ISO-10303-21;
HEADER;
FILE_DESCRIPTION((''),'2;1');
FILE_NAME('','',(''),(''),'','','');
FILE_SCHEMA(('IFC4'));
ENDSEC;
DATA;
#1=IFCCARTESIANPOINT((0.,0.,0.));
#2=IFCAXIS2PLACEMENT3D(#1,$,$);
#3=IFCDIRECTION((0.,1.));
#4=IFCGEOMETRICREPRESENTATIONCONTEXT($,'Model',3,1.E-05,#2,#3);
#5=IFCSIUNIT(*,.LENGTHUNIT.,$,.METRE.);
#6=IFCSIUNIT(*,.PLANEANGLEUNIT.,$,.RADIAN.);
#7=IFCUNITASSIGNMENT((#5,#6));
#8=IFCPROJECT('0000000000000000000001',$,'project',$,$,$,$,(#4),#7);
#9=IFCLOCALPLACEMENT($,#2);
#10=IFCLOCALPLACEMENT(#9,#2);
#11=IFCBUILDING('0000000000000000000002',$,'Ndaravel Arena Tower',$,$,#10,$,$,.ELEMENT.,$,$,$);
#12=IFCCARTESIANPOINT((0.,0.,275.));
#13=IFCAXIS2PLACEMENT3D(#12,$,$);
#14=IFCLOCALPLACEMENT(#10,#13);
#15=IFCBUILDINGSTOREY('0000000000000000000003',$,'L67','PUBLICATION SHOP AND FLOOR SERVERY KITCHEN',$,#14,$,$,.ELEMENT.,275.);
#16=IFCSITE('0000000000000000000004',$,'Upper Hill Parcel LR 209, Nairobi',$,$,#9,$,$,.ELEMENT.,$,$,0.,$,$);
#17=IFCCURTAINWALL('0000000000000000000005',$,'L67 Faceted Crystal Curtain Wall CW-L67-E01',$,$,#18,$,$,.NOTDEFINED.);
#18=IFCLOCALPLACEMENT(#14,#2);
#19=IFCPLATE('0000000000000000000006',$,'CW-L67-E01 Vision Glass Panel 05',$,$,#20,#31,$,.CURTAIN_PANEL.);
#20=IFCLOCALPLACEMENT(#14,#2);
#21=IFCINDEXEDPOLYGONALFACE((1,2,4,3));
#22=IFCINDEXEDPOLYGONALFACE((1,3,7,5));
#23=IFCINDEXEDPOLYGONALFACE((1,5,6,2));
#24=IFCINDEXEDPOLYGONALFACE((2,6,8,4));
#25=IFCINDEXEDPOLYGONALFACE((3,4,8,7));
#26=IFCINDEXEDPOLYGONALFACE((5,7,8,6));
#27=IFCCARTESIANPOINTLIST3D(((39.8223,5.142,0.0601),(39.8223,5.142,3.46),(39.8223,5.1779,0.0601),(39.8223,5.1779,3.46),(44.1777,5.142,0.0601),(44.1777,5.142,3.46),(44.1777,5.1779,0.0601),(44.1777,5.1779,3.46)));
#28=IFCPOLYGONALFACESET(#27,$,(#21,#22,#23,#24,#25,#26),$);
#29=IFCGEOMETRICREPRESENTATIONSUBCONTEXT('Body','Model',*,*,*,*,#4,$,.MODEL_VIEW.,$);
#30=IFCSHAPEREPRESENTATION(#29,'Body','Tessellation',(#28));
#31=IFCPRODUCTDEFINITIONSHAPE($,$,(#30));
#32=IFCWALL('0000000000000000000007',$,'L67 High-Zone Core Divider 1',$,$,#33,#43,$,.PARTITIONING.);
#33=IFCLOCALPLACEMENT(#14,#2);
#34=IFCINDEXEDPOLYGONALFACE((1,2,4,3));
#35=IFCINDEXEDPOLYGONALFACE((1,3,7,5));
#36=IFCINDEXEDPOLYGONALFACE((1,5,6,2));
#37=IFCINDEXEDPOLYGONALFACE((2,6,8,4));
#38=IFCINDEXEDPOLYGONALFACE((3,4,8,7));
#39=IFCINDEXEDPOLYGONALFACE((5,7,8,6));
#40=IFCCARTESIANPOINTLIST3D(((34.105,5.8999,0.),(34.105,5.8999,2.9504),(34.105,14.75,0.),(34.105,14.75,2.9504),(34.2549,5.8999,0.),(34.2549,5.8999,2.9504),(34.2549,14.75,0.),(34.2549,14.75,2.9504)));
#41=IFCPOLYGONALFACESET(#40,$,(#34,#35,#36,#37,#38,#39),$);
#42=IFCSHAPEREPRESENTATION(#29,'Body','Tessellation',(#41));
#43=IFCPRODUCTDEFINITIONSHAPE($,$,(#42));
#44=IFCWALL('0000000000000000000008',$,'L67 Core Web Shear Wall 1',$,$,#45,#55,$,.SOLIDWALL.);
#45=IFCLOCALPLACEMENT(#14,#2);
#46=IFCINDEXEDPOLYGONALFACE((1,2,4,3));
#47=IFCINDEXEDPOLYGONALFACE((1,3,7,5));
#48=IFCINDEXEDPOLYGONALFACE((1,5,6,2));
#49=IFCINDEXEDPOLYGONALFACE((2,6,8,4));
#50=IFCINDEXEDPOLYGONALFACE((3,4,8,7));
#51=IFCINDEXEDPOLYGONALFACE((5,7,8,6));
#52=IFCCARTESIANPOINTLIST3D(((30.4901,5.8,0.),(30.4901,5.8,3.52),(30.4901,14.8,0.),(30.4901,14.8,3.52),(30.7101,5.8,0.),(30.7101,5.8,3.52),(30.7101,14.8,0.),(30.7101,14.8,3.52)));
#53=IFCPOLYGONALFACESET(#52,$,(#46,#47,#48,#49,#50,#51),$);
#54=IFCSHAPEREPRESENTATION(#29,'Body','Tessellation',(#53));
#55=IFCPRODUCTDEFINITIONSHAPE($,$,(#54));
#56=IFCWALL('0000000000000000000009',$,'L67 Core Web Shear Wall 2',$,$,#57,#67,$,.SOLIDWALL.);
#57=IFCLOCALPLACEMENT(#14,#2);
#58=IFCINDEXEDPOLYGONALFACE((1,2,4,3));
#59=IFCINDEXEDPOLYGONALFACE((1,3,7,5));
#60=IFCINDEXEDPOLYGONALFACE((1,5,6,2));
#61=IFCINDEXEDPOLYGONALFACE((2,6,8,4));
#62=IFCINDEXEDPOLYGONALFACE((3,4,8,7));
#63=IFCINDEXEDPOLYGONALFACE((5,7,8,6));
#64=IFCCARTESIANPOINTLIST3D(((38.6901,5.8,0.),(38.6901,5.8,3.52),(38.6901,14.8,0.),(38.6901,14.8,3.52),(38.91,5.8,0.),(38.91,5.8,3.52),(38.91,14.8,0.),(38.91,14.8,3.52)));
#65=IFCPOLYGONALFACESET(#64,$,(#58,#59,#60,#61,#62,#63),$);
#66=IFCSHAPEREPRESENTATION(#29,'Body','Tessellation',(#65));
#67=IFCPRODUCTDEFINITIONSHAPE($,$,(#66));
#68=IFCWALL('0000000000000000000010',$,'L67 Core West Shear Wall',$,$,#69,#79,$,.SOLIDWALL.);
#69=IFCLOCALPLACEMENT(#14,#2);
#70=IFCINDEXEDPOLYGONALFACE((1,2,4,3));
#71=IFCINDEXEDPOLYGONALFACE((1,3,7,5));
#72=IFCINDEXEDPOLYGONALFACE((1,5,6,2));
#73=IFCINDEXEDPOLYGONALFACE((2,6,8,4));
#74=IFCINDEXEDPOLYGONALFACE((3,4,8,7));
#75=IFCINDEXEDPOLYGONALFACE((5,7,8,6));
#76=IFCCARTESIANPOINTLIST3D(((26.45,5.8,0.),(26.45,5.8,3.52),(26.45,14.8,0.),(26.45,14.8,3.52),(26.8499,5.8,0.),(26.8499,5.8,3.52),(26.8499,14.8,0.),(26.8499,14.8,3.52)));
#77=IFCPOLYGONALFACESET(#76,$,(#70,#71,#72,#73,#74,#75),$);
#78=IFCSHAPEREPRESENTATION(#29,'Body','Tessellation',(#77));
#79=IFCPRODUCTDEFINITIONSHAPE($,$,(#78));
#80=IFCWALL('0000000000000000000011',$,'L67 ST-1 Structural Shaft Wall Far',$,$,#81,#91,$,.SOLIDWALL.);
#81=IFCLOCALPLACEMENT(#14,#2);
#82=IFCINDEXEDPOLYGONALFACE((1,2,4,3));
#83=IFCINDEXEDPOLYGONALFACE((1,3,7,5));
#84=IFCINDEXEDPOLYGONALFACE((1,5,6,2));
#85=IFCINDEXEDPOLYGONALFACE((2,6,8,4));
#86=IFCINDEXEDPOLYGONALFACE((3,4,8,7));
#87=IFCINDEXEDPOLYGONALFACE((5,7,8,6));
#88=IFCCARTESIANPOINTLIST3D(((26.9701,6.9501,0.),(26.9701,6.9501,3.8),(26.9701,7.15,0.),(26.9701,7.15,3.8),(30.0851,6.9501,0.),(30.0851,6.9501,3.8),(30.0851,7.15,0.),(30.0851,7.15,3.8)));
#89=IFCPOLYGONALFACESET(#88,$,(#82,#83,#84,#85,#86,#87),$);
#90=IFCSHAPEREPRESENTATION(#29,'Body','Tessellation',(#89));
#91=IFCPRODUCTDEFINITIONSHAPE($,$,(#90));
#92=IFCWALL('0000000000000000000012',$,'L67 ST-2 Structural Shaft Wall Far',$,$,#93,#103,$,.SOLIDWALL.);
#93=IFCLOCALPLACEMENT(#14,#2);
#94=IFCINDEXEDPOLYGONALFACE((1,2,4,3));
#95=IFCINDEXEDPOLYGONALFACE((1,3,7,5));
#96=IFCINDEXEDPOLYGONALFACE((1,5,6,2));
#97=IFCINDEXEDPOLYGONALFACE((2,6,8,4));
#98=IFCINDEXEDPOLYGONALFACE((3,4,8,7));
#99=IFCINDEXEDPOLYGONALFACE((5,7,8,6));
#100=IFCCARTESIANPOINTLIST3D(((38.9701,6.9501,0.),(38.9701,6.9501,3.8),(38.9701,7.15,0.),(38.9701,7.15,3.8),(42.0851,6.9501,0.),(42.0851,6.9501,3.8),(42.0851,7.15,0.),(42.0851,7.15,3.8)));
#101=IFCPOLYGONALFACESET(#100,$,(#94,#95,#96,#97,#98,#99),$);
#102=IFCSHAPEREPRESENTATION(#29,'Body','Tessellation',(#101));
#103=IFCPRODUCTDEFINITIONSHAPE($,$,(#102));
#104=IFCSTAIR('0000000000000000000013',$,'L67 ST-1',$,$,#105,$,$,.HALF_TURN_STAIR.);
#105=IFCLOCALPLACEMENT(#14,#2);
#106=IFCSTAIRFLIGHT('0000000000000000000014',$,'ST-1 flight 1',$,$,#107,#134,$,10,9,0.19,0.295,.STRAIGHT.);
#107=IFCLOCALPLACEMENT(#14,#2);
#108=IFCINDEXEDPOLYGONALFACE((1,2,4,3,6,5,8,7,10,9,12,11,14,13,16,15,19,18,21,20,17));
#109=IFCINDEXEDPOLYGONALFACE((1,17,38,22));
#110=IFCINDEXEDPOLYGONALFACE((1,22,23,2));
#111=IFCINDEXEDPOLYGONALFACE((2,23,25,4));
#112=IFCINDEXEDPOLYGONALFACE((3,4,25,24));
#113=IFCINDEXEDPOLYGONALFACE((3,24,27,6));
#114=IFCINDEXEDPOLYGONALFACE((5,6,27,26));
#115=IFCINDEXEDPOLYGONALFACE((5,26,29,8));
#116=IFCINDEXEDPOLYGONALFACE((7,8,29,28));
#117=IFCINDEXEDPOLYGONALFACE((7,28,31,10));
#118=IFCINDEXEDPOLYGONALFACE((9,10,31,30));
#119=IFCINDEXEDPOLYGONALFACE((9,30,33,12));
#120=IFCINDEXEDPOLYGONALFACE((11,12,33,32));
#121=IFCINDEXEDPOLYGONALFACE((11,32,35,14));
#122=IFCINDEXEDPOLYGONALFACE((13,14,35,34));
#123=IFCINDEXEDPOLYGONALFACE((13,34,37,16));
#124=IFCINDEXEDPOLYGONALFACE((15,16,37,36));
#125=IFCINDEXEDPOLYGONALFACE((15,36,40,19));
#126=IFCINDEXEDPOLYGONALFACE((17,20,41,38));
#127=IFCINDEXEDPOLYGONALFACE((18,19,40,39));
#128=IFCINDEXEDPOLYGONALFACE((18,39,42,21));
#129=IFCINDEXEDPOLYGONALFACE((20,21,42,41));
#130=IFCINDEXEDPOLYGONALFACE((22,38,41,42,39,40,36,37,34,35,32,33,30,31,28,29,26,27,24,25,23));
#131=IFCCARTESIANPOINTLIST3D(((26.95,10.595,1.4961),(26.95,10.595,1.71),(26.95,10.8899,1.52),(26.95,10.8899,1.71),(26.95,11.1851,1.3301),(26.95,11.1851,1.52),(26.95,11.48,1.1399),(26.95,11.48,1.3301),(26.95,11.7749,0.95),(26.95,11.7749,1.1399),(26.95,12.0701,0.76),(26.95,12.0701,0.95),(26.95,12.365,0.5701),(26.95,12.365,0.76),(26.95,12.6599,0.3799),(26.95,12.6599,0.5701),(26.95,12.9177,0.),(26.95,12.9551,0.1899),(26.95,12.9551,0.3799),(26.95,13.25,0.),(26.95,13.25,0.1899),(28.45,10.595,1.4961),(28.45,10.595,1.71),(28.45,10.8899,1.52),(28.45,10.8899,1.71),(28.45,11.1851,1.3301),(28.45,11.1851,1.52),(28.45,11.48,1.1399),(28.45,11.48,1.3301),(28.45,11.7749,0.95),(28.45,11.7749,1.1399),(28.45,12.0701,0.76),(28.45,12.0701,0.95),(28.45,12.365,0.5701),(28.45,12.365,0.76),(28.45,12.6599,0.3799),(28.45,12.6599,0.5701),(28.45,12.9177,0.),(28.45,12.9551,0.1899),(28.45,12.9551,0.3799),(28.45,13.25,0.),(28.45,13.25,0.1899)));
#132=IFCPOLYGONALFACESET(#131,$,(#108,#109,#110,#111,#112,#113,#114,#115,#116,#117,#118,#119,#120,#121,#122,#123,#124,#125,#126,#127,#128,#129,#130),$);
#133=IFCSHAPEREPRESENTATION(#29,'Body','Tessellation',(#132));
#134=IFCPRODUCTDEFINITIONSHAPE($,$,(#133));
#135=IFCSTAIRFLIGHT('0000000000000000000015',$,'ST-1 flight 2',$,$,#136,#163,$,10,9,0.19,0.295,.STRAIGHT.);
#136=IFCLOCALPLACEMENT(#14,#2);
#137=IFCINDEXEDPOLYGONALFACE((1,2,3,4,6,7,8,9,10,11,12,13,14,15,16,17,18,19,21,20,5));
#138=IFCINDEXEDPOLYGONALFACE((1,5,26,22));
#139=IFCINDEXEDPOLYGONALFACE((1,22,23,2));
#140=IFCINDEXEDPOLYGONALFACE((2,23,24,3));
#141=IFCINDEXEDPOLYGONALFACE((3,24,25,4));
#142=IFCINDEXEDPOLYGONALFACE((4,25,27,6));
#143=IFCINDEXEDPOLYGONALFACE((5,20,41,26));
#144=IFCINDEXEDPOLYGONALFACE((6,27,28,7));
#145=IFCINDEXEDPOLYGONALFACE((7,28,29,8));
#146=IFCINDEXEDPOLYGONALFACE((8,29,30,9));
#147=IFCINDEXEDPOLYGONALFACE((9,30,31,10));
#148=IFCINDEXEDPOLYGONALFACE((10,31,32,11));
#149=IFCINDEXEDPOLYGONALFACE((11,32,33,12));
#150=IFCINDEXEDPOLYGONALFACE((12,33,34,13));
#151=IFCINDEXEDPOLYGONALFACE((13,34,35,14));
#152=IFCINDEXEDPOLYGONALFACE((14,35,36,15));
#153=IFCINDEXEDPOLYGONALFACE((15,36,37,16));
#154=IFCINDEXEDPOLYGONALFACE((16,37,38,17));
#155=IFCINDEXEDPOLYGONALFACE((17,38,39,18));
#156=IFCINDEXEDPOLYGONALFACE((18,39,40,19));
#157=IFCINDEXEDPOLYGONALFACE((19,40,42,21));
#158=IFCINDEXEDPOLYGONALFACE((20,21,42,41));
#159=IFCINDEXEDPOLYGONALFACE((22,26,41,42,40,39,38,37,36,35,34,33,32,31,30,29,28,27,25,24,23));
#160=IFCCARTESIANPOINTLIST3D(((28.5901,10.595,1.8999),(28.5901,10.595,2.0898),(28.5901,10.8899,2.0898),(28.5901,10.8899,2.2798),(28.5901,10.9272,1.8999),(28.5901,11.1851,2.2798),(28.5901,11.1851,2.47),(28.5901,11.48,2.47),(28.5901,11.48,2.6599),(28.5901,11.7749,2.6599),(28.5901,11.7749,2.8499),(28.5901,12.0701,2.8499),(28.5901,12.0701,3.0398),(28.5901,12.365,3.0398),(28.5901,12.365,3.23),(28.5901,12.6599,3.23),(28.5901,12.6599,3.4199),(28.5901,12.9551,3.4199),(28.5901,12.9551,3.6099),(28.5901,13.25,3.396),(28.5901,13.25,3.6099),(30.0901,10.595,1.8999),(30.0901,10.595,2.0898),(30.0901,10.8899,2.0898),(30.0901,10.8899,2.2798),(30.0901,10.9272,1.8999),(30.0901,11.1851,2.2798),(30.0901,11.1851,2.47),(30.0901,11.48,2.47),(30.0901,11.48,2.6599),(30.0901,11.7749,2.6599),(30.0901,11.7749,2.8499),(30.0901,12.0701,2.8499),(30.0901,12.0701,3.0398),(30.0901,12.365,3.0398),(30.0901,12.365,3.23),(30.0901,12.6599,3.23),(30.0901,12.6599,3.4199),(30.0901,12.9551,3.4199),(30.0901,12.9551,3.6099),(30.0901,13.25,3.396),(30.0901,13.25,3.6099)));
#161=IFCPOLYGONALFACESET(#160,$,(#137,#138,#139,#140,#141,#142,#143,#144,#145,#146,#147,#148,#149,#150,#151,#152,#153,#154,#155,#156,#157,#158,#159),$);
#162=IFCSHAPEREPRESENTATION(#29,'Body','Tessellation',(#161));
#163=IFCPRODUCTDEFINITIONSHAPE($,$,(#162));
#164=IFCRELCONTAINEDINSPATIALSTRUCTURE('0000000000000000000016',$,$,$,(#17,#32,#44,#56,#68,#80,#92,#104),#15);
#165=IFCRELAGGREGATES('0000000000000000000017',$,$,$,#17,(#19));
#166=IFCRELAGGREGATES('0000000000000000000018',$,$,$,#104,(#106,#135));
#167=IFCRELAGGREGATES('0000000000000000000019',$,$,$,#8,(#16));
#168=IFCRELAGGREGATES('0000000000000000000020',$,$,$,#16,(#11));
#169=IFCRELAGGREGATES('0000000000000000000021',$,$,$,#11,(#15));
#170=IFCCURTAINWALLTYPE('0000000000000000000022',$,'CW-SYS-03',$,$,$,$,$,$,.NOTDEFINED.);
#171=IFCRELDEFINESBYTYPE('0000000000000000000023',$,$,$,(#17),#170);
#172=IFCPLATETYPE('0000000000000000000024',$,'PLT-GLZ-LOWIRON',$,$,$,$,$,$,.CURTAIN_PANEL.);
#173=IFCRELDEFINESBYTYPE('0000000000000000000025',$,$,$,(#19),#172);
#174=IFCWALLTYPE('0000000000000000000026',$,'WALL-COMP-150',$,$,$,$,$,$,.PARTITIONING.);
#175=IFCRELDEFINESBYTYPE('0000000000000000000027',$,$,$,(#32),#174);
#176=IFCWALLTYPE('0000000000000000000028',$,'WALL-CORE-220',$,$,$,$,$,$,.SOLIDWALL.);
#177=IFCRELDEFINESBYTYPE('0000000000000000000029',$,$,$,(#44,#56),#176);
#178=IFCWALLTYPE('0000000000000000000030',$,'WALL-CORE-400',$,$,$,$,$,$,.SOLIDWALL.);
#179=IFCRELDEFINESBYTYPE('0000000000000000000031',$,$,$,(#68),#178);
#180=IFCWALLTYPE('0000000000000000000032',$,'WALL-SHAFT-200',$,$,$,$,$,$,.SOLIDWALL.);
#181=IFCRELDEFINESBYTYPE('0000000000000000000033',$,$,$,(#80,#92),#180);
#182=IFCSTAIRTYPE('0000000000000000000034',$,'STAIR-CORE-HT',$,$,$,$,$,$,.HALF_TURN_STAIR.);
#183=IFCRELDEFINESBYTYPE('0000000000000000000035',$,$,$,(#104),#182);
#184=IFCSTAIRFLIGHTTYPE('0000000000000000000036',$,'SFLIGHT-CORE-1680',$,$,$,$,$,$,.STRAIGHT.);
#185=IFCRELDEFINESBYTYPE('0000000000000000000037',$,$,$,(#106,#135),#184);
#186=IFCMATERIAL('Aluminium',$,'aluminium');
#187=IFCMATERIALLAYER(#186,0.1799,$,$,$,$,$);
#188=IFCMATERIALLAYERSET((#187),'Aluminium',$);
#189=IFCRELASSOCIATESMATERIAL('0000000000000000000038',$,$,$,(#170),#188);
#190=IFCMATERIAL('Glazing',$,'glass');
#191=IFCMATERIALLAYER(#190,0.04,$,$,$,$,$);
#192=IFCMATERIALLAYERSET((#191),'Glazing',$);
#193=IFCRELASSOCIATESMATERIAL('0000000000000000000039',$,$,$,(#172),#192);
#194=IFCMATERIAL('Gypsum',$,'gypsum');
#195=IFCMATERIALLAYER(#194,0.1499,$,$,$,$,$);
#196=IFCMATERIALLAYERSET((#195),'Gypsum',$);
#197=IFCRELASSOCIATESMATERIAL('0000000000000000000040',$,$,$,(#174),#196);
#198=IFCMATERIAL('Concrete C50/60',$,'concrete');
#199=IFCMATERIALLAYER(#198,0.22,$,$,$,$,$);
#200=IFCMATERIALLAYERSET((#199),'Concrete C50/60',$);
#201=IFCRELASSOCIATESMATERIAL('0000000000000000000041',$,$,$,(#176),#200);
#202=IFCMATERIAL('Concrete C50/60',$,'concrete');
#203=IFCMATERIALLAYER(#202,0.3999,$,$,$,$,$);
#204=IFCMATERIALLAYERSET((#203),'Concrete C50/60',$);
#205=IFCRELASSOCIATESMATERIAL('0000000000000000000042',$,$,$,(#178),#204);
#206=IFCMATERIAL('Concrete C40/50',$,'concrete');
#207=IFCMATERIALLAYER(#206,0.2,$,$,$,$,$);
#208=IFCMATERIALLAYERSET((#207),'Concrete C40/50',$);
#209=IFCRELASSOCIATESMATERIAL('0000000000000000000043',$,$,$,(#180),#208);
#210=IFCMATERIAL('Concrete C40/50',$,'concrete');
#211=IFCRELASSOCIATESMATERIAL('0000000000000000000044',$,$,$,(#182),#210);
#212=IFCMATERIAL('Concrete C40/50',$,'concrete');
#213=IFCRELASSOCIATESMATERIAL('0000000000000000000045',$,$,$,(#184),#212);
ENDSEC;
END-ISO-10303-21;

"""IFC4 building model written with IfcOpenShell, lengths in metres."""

from ifc_helpers import new_model, si_unit, direction, frame, frame_2d, origin, origin_2d, place, context, subcontext, project, spatial, polyline, rectangle, outline, extrude, material, layer, layer_set, type_object, element, aggregate, save


model = new_model("IFC4")

# Units and contexts
model_context = context("Model", 3, precision=1e-05, world=origin(), true_north=direction((0.0, 1.0)))
body_context = subcontext(model_context, "Body", "Model", "MODEL_VIEW")
ifc_project = project(units=[si_unit("LENGTHUNIT", "METRE"), si_unit("PLANEANGLEUNIT", "RADIAN")], contexts=[model_context])

# Site, building, storey
site_placement = place(None, origin())
site = spatial("IfcSite", under=ifc_project, at=site_placement, Name="Upper Hill Parcel LR 209, Nairobi", CompositionType="ELEMENT", RefElevation=0.0)
building_placement = place(site_placement, origin())
building = spatial("IfcBuilding", under=site, at=building_placement, Name="Ndaravel Arena Tower", CompositionType="ELEMENT")
storey_placement = place(building_placement, frame((0.0, 0.0, 275.0)))
storey = spatial("IfcBuildingStorey", under=building, at=storey_placement, Name="L67", Description="PUBLICATION SHOP AND FLOOR SERVERY KITCHEN", CompositionType="ELEMENT", Elevation=275.0)

# Curtain wall, plate
ifc_material_1 = material(Name="Aluminium", Category="aluminium")
ifc_layer_1 = layer(ifc_material_1, 0.1799)
ifc_layer_set_1 = layer_set([ifc_layer_1], Name="Aluminium")
curtain_wall_type = type_object("IfcCurtainWallType", Name="CW-SYS-03", PredefinedType="NOTDEFINED", material=ifc_layer_set_1)
curtain_wall_placement = place(storey_placement, origin())
curtain_wall = element("IfcCurtainWall", 1, at=curtain_wall_placement, inside=storey, type_object=curtain_wall_type, Name="L67 Faceted Crystal Curtain Wall CW-L67-E01", PredefinedType="NOTDEFINED")
ifc_material_2 = material(Name="Glazing", Category="glass")
ifc_layer_2 = layer(ifc_material_2, 0.04)
ifc_layer_set_2 = layer_set([ifc_layer_2], Name="Glazing")
plate_type = type_object("IfcPlateType", Name="PLT-GLZ-LOWIRON", PredefinedType="CURTAIN_PANEL", material=ifc_layer_set_2)
plate_1_placement = place(storey_placement, frame((42.0, 5.1599, 0.0601), z_axis=(0.0, 0.0, 1.0), x_axis=(1.0, 0.0, 0.0)))
plate_1 = element("IfcPlate", 2, at=plate_1_placement, type_object=plate_type, Name="CW-L67-E01 Vision Glass Panel 05", PredefinedType="CURTAIN_PANEL", context=body_context, shape_type="SweptSolid", body=[
    extrude(rectangle(XDim=4.3555, YDim=0.0359, at=origin_2d()), origin(), (0.0, 0.0, 1.0), 3.3999),
])
aggregate(curtain_wall, [plate_1])

# Walls
ifc_material_3 = material(Name="Gypsum", Category="gypsum")
ifc_layer_3 = layer(ifc_material_3, 0.1499)
ifc_layer_set_3 = layer_set([ifc_layer_3], Name="Gypsum")
wall_type_1 = type_object("IfcWallType", Name="WALL-COMP-150", PredefinedType="PARTITIONING", material=ifc_layer_set_3)
wall_1_placement = place(storey_placement, frame((34.1799, 5.8999, 0.0), z_axis=(0.0, 0.0, 1.0), x_axis=(0.0, 1.0, 0.0)))
element("IfcWall", 3, at=wall_1_placement, inside=storey, type_object=wall_type_1, Name="L67 High-Zone Core Divider 1", PredefinedType="PARTITIONING", context=body_context, shape_type="SweptSolid", body=[
    extrude(rectangle(XDim=8.8501, YDim=0.1499, at=frame_2d((4.425, 0.0))), origin(), (0.0, 0.0, 1.0), 2.9504),
])
ifc_material_4 = material(Name="Concrete C50/60", Category="concrete")
ifc_layer_4 = layer(ifc_material_4, 0.22)
ifc_layer_set_4 = layer_set([ifc_layer_4], Name="Concrete C50/60")
wall_type_2 = type_object("IfcWallType", Name="WALL-CORE-220", PredefinedType="SOLIDWALL", material=ifc_layer_set_4)
for number, where, z_axis, x_axis, name in (
    (4, (30.6001, 5.8, 0.0), (0.0, 0.0, 1.0), (0.0, 1.0, 0.0), "L67 Core Web Shear Wall 1"),
    (5, (38.8, 5.8, 0.0), (0.0, 0.0, 1.0), (0.0, 1.0, 0.0), "L67 Core Web Shear Wall 2"),
):
    element("IfcWall", number, at=place(storey_placement, frame(where, z_axis=z_axis, x_axis=x_axis)), inside=storey, type_object=wall_type_2, Name=name, PredefinedType="SOLIDWALL", context=body_context, shape_type="SweptSolid", body=[
        extrude(rectangle(XDim=9.0, YDim=0.22, at=frame_2d((4.5, 0.0))), origin(), (0.0, 0.0, 1.0), 3.52),
    ])
ifc_material_5 = material(Name="Concrete C50/60", Category="concrete")
ifc_layer_5 = layer(ifc_material_5, 0.3999)
ifc_layer_set_5 = layer_set([ifc_layer_5], Name="Concrete C50/60")
wall_type_3 = type_object("IfcWallType", Name="WALL-CORE-400", PredefinedType="SOLIDWALL", material=ifc_layer_set_5)
wall_2_placement = place(storey_placement, frame((26.6499, 5.8, 0.0), z_axis=(0.0, 0.0, 1.0), x_axis=(0.0, 1.0, 0.0)))
element("IfcWall", 6, at=wall_2_placement, inside=storey, type_object=wall_type_3, Name="L67 Core West Shear Wall", PredefinedType="SOLIDWALL", context=body_context, shape_type="SweptSolid", body=[
    extrude(rectangle(XDim=9.0, YDim=0.3999, at=frame_2d((4.5, 0.0))), origin(), (0.0, 0.0, 1.0), 3.52),
])
ifc_material_6 = material(Name="Concrete C40/50", Category="concrete")
ifc_layer_6 = layer(ifc_material_6, 0.2)
ifc_layer_set_6 = layer_set([ifc_layer_6], Name="Concrete C40/50")
wall_type_4 = type_object("IfcWallType", Name="WALL-SHAFT-200", PredefinedType="SOLIDWALL", material=ifc_layer_set_6)
for number, where, z_axis, x_axis, name in (
    (7, (26.97, 7.05, 0.0), (0.0, 0.0, 1.0), (1.0, 0.0, 0.0), "L67 ST-1 Structural Shaft Wall Far"),
    (8, (38.97, 7.05, 0.0), (0.0, 0.0, 1.0), (1.0, 0.0, 0.0), "L67 ST-2 Structural Shaft Wall Far"),
):
    element("IfcWall", number, at=place(storey_placement, frame(where, z_axis=z_axis, x_axis=x_axis)), inside=storey, type_object=wall_type_4, Name=name, PredefinedType="SOLIDWALL", context=body_context, shape_type="SweptSolid", body=[
        extrude(rectangle(XDim=3.115, YDim=0.2, at=frame_2d((1.5576, 0.0))), origin(), (0.0, 0.0, 1.0), 3.8),
    ])

# Stair, stair flights
ifc_material_7 = material(Name="Concrete C40/50", Category="concrete")
stair_type = type_object("IfcStairType", Name="STAIR-CORE-HT", PredefinedType="HALF_TURN_STAIR", material=ifc_material_7)
stair_1_placement = place(storey_placement, origin())
stair_1 = element("IfcStair", 9, at=stair_1_placement, inside=storey, type_object=stair_type, Name="L67 ST-1", PredefinedType="HALF_TURN_STAIR")
ifc_material_8 = material(Name="Concrete C40/50", Category="concrete")
stair_flight_type = type_object("IfcStairFlightType", Name="SFLIGHT-CORE-1680", PredefinedType="STRAIGHT", material=ifc_material_8)
stair_flight_1_placement = place(storey_placement, frame((27.7, 13.25, 0.0), z_axis=(0.0, 0.0, 1.0), x_axis=(0.0, -1.0, 0.0)))
stair_flight_1 = element("IfcStairFlight", 10, at=stair_flight_1_placement, type_object=stair_flight_type, Name="ST-1 flight 1", NumberOfRisers=10, NumberOfTreads=9, PredefinedType="STRAIGHT", RiserHeight=0.19, TreadLength=0.295, context=body_context, shape_type="SweptSolid", body=[
    extrude(outline(polyline([(0.0, 0.0), (0.0, 0.1899), (0.2949, 0.1899), (0.2949, 0.3799), (0.5901, 0.3799), (0.5901, 0.5701), (0.885, 0.5701), (0.885, 0.76), (1.1799, 0.76), (1.1799, 0.95), (1.4751, 0.95), (1.4751, 1.1399), (1.77, 1.1399), (1.77, 1.3301), (2.0649, 1.3301), (2.0649, 1.52), (2.3601, 1.52), (2.3601, 1.71), (2.655, 1.71), (2.655, 1.8999), (2.655, 1.4961), (0.3323, 0.0), (0.0, 0.0)])), frame((0.0, 0.75, 0.0), z_axis=(0.0, -1.0, 0.0), x_axis=(1.0, 0.0, 0.0)), (0.0, 0.0, 1.0), 1.5),
])
stair_flight_2_placement = place(storey_placement, frame((29.3401, 10.595, 1.8999), z_axis=(0.0, 0.0, 1.0), x_axis=(0.0, 1.0, 0.0)))
stair_flight_2 = element("IfcStairFlight", 11, at=stair_flight_2_placement, type_object=stair_flight_type, Name="ST-1 flight 2", NumberOfRisers=10, NumberOfTreads=9, PredefinedType="STRAIGHT", RiserHeight=0.19, TreadLength=0.295, context=body_context, shape_type="SweptSolid", body=[
    extrude(outline(polyline([(0.0, 0.0), (0.0, 0.1899), (0.2949, 0.1899), (0.2949, 0.3799), (0.5901, 0.3799), (0.5901, 0.5701), (0.885, 0.5701), (0.885, 0.76), (1.1799, 0.76), (1.1799, 0.95), (1.4751, 0.95), (1.4751, 1.1399), (1.77, 1.1399), (1.77, 1.3301), (2.0649, 1.3301), (2.0649, 1.52), (2.3601, 1.52), (2.3601, 1.71), (2.655, 1.71), (2.655, 1.8999), (2.655, 1.4961), (0.3323, 0.0), (0.0, 0.0)])), frame((0.0, 0.75, 0.0), z_axis=(0.0, -1.0, 0.0), x_axis=(1.0, 0.0, 0.0)), (0.0, 0.0, 1.0), 1.5),
])
aggregate(stair_1, [stair_flight_1, stair_flight_2])

save(model, "model.ifc")
